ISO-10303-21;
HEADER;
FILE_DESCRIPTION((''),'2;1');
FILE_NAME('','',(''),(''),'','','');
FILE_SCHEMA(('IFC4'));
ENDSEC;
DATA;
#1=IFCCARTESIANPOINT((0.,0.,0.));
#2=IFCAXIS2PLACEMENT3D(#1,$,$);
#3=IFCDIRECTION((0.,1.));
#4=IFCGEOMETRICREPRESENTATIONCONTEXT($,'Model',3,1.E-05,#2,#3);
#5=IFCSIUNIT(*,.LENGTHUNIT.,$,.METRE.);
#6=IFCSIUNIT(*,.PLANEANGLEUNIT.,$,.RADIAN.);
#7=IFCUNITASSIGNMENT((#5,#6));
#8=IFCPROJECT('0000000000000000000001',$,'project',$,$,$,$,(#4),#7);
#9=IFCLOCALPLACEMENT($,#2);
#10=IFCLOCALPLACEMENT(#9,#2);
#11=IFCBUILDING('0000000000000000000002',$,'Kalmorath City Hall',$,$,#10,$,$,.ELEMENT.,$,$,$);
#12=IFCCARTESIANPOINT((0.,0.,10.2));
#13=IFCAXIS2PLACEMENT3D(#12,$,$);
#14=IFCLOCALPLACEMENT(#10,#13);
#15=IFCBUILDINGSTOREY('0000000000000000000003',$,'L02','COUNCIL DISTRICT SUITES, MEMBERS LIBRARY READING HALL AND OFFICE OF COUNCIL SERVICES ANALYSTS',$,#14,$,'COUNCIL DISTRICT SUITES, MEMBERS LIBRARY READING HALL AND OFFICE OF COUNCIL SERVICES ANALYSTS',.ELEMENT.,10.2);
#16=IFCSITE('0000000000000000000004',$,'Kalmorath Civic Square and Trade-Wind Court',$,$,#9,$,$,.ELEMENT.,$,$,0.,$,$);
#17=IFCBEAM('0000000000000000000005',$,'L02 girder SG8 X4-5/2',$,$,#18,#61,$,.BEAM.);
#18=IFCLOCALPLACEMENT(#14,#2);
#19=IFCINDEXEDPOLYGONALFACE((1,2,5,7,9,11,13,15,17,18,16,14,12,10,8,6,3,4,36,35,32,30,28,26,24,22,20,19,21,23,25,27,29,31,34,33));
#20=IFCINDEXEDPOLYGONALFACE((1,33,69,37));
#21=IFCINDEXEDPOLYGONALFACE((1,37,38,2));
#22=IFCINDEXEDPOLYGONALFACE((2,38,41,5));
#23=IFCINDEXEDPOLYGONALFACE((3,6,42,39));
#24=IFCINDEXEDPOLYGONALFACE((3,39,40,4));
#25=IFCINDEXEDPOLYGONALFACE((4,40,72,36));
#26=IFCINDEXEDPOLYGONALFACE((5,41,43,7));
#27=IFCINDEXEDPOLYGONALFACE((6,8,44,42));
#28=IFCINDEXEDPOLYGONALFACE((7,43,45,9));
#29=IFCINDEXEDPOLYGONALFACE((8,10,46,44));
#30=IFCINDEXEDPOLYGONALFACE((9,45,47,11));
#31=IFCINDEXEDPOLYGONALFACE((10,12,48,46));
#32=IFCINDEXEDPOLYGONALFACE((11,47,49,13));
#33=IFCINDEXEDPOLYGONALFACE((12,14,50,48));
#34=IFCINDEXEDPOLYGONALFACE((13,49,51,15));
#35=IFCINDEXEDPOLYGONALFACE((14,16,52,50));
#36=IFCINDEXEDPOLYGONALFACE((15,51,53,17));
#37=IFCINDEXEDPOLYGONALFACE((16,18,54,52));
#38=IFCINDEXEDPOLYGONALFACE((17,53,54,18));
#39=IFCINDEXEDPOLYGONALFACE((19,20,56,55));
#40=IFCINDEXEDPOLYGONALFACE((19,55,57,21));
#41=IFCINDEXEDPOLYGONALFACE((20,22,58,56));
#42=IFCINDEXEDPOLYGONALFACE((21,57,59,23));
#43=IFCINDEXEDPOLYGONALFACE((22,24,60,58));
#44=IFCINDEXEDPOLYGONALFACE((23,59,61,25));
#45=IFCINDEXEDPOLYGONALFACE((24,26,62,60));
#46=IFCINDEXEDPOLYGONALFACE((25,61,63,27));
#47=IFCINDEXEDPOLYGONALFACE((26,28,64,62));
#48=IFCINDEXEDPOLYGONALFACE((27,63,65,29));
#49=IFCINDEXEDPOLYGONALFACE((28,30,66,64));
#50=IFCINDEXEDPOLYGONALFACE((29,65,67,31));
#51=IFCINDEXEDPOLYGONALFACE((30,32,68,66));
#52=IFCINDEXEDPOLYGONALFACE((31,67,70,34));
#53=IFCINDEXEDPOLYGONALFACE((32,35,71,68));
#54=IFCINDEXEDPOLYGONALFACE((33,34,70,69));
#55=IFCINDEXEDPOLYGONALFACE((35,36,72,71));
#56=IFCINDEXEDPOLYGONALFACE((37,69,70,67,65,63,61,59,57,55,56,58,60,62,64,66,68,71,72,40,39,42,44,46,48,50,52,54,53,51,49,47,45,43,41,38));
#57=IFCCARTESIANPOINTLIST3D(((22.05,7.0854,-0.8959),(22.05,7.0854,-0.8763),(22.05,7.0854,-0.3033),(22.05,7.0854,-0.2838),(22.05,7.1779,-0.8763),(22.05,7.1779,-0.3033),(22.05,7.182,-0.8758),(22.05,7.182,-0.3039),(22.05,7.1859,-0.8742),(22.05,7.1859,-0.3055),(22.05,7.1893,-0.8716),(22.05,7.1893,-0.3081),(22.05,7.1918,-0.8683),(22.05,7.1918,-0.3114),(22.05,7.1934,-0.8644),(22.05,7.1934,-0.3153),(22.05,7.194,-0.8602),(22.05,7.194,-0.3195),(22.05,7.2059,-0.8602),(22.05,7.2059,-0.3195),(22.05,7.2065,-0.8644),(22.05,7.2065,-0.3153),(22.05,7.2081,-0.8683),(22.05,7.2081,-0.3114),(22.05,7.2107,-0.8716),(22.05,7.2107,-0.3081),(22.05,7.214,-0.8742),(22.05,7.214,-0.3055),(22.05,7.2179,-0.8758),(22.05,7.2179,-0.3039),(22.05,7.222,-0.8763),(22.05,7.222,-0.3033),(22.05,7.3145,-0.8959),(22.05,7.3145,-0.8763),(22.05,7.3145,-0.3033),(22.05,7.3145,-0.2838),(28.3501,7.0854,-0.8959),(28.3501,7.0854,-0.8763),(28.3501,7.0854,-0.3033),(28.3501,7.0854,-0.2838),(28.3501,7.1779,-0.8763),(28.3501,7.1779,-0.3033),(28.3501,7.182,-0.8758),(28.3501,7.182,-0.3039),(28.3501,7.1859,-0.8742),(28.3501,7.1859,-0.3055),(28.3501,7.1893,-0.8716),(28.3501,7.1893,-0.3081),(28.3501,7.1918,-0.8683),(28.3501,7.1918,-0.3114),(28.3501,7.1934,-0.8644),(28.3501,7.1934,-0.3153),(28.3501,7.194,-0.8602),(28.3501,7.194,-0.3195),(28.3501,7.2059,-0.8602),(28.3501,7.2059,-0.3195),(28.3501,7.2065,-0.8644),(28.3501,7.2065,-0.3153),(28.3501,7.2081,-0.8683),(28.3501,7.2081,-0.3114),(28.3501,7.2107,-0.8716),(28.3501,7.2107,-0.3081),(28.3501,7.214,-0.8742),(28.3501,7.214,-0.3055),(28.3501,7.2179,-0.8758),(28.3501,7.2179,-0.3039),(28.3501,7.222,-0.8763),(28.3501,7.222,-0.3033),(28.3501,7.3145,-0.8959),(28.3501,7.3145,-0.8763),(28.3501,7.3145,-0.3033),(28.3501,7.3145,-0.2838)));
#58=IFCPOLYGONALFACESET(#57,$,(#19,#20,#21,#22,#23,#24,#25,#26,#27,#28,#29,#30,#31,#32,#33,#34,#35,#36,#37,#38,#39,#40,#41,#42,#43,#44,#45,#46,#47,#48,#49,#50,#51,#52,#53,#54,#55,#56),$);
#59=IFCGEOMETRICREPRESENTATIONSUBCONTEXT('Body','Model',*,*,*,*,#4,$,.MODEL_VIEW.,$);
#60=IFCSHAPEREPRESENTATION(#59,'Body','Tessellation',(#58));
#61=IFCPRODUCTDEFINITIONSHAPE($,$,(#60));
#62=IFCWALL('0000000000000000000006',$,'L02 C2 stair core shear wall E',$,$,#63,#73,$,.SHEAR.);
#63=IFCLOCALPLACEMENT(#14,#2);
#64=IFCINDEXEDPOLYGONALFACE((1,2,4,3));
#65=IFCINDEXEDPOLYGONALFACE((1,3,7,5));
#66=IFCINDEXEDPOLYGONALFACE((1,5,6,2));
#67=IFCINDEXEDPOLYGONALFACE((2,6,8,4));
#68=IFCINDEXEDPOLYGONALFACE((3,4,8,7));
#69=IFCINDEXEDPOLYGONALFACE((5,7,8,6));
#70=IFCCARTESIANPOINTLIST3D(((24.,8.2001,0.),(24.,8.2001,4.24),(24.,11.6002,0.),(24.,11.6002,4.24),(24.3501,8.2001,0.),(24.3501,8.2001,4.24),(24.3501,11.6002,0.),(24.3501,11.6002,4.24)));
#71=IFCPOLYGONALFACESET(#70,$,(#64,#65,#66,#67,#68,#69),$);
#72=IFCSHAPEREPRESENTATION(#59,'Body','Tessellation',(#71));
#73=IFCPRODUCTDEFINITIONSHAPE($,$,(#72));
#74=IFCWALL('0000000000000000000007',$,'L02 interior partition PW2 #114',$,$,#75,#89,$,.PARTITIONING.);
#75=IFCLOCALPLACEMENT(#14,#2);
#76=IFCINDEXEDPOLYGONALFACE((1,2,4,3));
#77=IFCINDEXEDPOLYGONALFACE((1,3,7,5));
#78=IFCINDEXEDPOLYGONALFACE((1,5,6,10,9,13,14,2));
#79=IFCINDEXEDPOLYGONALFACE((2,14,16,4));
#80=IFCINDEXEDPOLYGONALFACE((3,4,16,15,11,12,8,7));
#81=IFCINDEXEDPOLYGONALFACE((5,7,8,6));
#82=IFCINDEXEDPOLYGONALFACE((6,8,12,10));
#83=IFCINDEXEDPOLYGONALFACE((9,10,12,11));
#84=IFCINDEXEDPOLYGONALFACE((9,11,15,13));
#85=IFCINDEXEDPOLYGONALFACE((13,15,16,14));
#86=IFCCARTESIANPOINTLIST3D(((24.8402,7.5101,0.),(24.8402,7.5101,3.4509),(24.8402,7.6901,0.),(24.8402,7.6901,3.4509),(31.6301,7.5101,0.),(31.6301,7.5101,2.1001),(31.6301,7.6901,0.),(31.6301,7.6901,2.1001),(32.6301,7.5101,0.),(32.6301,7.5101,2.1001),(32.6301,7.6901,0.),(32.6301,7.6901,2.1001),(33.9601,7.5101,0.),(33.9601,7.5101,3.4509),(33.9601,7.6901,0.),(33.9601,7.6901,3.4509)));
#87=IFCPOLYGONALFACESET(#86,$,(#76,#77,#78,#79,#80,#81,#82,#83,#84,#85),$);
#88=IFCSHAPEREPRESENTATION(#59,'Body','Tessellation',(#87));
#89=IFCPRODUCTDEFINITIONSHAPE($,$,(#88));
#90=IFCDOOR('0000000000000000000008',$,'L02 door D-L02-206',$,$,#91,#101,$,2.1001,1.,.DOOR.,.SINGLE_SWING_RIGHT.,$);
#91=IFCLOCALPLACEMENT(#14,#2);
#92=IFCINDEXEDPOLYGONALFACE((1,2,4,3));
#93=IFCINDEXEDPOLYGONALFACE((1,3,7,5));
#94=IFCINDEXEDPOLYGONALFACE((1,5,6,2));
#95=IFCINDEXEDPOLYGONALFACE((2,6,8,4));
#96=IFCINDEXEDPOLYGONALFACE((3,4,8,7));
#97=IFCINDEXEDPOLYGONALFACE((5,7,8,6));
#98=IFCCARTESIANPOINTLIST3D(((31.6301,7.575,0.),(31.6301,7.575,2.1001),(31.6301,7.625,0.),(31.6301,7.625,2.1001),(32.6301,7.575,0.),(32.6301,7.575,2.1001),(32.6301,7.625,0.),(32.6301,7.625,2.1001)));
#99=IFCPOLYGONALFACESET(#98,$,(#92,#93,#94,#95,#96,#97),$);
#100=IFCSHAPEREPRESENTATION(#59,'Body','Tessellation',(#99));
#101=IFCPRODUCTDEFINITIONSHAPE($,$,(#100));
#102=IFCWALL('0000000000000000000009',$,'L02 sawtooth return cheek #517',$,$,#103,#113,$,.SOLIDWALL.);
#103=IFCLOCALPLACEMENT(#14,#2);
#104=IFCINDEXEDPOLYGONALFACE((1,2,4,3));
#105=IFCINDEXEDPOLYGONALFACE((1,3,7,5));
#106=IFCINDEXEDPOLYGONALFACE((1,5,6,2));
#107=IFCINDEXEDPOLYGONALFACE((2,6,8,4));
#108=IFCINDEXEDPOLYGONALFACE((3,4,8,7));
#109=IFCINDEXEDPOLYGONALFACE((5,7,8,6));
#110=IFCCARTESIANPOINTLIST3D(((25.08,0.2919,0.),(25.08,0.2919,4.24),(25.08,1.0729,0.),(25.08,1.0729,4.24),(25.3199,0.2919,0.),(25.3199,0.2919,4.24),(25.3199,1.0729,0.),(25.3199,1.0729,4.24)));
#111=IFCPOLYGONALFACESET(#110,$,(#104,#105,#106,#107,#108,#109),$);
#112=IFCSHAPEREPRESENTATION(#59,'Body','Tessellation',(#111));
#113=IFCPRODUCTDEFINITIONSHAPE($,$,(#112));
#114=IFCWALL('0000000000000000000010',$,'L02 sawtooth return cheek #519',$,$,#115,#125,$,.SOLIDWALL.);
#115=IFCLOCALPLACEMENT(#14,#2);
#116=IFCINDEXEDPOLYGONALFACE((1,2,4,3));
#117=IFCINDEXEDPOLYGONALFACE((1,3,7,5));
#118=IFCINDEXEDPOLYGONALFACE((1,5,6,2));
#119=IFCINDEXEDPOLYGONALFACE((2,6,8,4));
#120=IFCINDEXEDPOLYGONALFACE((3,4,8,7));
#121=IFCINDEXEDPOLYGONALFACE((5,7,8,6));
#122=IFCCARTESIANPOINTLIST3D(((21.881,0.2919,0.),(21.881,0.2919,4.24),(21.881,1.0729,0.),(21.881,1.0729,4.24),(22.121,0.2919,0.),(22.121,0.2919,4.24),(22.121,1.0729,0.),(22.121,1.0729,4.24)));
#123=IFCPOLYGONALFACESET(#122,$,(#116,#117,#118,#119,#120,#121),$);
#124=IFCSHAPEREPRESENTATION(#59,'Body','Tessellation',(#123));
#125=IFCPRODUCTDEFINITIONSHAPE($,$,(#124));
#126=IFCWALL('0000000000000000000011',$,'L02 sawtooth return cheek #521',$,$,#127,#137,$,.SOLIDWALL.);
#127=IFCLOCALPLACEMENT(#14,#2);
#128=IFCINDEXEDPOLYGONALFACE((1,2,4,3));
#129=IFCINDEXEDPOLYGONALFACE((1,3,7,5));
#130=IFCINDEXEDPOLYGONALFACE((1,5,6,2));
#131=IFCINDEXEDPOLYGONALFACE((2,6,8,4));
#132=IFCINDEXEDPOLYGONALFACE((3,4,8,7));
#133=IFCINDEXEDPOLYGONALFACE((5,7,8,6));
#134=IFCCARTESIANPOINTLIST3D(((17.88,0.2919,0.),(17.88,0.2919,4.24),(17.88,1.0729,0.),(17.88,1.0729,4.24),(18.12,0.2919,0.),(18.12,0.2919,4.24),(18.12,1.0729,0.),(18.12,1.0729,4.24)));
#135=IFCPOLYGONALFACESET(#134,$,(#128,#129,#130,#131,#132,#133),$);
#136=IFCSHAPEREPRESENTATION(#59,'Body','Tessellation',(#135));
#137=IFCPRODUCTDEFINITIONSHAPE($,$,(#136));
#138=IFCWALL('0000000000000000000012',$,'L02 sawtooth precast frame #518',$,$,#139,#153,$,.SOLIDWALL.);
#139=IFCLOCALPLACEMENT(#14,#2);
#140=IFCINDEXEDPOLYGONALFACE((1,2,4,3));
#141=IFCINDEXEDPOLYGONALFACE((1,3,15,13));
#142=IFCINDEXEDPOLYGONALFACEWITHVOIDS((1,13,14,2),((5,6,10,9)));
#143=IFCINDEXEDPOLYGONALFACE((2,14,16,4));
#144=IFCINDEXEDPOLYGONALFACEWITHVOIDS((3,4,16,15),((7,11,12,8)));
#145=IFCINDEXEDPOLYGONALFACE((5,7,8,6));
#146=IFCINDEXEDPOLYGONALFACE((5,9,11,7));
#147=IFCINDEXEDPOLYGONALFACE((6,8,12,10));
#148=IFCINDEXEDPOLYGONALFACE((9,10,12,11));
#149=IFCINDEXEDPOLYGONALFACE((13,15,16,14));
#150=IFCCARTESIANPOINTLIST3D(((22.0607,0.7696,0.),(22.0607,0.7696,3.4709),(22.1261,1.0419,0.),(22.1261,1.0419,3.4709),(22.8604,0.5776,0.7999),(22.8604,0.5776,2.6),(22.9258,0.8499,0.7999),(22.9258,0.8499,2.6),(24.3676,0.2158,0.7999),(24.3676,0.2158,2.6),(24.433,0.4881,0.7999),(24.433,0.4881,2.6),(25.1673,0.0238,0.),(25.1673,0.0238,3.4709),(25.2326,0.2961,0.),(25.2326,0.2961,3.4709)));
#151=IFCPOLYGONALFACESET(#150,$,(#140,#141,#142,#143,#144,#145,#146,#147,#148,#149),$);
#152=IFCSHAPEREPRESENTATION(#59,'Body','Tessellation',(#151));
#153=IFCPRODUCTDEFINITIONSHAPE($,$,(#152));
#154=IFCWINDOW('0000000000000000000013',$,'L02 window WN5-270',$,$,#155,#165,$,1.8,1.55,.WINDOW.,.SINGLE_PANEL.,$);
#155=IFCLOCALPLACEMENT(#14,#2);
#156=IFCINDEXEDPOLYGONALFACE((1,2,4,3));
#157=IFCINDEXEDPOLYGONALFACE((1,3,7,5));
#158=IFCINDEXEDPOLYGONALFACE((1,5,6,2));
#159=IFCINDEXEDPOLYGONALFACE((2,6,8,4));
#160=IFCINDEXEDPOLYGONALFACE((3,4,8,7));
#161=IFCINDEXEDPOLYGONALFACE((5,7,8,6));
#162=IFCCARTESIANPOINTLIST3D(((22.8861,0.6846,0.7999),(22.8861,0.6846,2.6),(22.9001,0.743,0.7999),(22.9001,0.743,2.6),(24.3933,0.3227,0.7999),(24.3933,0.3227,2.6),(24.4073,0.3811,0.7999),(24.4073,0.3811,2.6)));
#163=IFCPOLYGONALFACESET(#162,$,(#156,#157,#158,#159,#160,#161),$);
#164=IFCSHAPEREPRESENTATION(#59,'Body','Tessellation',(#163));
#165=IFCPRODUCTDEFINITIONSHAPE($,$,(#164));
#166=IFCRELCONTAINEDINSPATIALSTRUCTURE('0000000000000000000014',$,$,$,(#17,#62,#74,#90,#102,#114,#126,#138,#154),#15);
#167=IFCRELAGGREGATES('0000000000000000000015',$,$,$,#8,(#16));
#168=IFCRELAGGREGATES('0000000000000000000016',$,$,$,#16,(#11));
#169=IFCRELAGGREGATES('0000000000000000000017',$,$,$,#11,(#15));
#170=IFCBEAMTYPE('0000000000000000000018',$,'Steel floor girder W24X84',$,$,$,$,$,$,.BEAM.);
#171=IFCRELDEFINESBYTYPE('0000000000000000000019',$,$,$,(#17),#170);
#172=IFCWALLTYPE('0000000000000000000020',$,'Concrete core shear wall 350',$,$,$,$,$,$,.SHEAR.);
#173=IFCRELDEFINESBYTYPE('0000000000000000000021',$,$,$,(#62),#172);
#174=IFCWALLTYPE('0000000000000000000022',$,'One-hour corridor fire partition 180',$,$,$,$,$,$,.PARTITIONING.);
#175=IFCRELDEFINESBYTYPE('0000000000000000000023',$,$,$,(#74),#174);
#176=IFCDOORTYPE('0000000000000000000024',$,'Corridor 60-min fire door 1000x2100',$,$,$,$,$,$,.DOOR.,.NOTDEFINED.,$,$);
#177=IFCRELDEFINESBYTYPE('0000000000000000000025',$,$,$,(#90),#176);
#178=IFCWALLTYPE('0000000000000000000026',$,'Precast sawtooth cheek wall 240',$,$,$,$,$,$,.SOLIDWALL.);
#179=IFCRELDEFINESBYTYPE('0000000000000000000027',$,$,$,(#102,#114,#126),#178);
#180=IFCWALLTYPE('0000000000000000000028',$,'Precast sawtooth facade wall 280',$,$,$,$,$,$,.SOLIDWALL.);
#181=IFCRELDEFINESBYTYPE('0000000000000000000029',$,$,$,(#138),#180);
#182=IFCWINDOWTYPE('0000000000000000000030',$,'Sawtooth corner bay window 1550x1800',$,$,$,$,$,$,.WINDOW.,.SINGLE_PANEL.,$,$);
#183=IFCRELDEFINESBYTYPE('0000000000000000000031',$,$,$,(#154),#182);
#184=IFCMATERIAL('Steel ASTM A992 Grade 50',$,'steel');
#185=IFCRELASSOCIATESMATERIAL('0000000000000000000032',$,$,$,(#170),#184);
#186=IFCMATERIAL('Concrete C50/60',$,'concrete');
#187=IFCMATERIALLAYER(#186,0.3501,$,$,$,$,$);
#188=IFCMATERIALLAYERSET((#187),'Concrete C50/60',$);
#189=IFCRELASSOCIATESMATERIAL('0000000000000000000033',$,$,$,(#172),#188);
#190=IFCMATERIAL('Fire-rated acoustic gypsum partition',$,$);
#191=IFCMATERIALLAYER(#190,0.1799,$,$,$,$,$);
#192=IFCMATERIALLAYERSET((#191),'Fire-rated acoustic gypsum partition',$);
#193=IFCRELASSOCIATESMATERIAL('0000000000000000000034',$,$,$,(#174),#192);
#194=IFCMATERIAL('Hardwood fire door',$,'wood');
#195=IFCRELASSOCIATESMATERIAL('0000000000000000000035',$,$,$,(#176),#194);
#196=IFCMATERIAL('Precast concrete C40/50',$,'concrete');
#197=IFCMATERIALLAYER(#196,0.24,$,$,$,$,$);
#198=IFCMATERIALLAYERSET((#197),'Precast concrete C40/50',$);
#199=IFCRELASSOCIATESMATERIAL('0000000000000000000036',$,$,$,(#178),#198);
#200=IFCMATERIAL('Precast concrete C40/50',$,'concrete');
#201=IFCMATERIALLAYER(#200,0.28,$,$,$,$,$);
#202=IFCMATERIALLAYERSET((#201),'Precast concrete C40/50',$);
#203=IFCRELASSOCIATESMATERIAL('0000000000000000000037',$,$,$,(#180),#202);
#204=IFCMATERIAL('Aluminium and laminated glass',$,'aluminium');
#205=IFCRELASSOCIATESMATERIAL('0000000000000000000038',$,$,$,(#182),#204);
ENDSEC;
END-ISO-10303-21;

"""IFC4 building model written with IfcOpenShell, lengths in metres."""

from ifc_helpers import new_model, si_unit, direction, frame, frame_2d, origin, origin_2d, place, context, subcontext, project, spatial, rectangle, i_section, extrude, material, layer, layer_set, material_profile, profile_set, type_object, element, fill, save


model = new_model("IFC4")

# Units and contexts
model_context = context("Model", 3, precision=1e-05, world=origin(), true_north=direction((0.0, 1.0)))
body_context = subcontext(model_context, "Body", "Model", "MODEL_VIEW")
ifc_project = project(units=[si_unit("LENGTHUNIT", "METRE"), si_unit("PLANEANGLEUNIT", "RADIAN")], contexts=[model_context])

# Site, building, storey
site_placement = place(None, origin())
site = spatial("IfcSite", under=ifc_project, at=site_placement, Name="Kalmorath Civic Square and Trade-Wind Court", CompositionType="ELEMENT", RefElevation=0.0)
building_placement = place(site_placement, origin())
building = spatial("IfcBuilding", under=site, at=building_placement, Name="Kalmorath City Hall", CompositionType="ELEMENT")
storey_placement = place(building_placement, frame((0.0, 0.0, 10.2)))
storey = spatial("IfcBuildingStorey", under=building, at=storey_placement, Name="L02", Description="COUNCIL DISTRICT SUITES, MEMBERS LIBRARY READING HALL AND OFFICE OF COUNCIL SERVICES ANALYSTS", LongName="COUNCIL DISTRICT SUITES, MEMBERS LIBRARY READING HALL AND OFFICE OF COUNCIL SERVICES ANALYSTS", CompositionType="ELEMENT", Elevation=10.2)

# Beam
ifc_material_1 = material(Name="Steel ASTM A992 Grade 50", Category="steel")
ifc_material_profile_1 = material_profile(ifc_material_1, i_section(OverallWidth=0.229, OverallDepth=0.6121, WebThickness=0.012, FlangeThickness=0.0195, FilletRadius=0.0161, at=origin_2d()), Name="W24X84")
ifc_profile_set_1 = profile_set([ifc_material_profile_1], Name="Steel ASTM A992 Grade 50")
beam_type_1 = type_object("IfcBeamType", Name="Steel floor girder W24X84", PredefinedType="BEAM", material=ifc_profile_set_1)
beam_1_placement = place(storey_placement, frame((22.05, 7.2, -0.5898), z_axis=(1.0, 0.0, 0.0), x_axis=(0.0, 1.0, 0.0)))
element("IfcBeam", 1, at=beam_1_placement, inside=storey, type_object=beam_type_1, Name="L02 girder SG8 X4-5/2", PredefinedType="BEAM", context=body_context, shape_type="SweptSolid", body=[
    extrude(i_section(OverallWidth=0.229, OverallDepth=0.6121, WebThickness=0.012, FlangeThickness=0.0195, FilletRadius=0.0161, at=origin_2d()), origin(), (0.0, 0.0, 1.0), 6.3),
])

# Wall
ifc_material_2 = material(Name="Concrete C50/60", Category="concrete")
ifc_layer_1 = layer(ifc_material_2, 0.3501)
ifc_layer_set_1 = layer_set([ifc_layer_1], Name="Concrete C50/60")
wall_type_1 = type_object("IfcWallType", Name="Concrete core shear wall 350", PredefinedType="SHEAR", material=ifc_layer_set_1)
wall_1_placement = place(storey_placement, frame((24.175, 8.2, 0.0), z_axis=(0.0, 0.0, 1.0), x_axis=(0.0, 1.0, 0.0)))
element("IfcWall", 2, at=wall_1_placement, inside=storey, type_object=wall_type_1, Name="L02 C2 stair core shear wall E", PredefinedType="SHEAR", context=body_context, shape_type="SweptSolid", body=[
    extrude(rectangle(XDim=3.4001, YDim=0.3501, at=frame_2d((1.7002, 0.0))), origin(), (0.0, 0.0, 1.0), 4.24),
])

# Wall, opening, door
ifc_material_3 = material(Name="Fire-rated acoustic gypsum partition")
ifc_layer_2 = layer(ifc_material_3, 0.1799)
ifc_layer_set_2 = layer_set([ifc_layer_2], Name="Fire-rated acoustic gypsum partition")
wall_type_2 = type_object("IfcWallType", Name="One-hour corridor fire partition 180", PredefinedType="PARTITIONING", material=ifc_layer_set_2)
wall_2_placement = place(storey_placement, frame((24.8401, 7.6001, 0.0), z_axis=(0.0, 0.0, 1.0), x_axis=(1.0, 0.0, 0.0)))
wall_2 = element("IfcWall", 3, at=wall_2_placement, inside=storey, type_object=wall_type_2, Name="L02 interior partition PW2 #114", PredefinedType="PARTITIONING", context=body_context, shape_type="SweptSolid", body=[
    extrude(rectangle(XDim=9.1199, YDim=0.1799, at=frame_2d((4.5601, 0.0))), origin(), (0.0, 0.0, 1.0), 3.4509),
])
opening_1_placement = place(wall_2_placement, frame((6.79, 0.0, 0.0)))
opening_1 = element("IfcOpeningElement", 4, at=opening_1_placement, cuts=wall_2, PredefinedType="OPENING", context=body_context, shape_type="SweptSolid", body=[
    extrude(rectangle(XDim=1.0, YDim=2.1001, at=frame_2d((0.5, 1.05))), frame((0.0, 0.0999, 0.0), z_axis=(0.0, -1.0, 0.0), x_axis=(1.0, 0.0, 0.0)), (0.0, 0.0, 1.0), 0.2),
])
ifc_material_4 = material(Name="Hardwood fire door", Category="wood")
door_type = type_object("IfcDoorType", Name="Corridor 60-min fire door 1000x2100", OperationType="NOTDEFINED", PredefinedType="DOOR", material=ifc_material_4)
door_placement = place(opening_1_placement, origin())
door = element("IfcDoor", 5, at=door_placement, inside=storey, type_object=door_type, Name="L02 door D-L02-206", OperationType="SINGLE_SWING_RIGHT", OverallHeight=2.1001, OverallWidth=1.0, PredefinedType="DOOR", context=body_context, shape_type="SweptSolid", body=[
    extrude(rectangle(XDim=1.0, YDim=2.1001, at=frame_2d((0.5, 1.05))), frame((0.0, 0.0249, 0.0), z_axis=(0.0, -1.0, 0.0), x_axis=(1.0, 0.0, 0.0)), (0.0, 0.0, 1.0), 0.05),
])
fill(opening_1, door)

# Walls
ifc_material_5 = material(Name="Precast concrete C40/50", Category="concrete")
ifc_layer_3 = layer(ifc_material_5, 0.24)
ifc_layer_set_3 = layer_set([ifc_layer_3], Name="Precast concrete C40/50")
wall_type_3 = type_object("IfcWallType", Name="Precast sawtooth cheek wall 240", PredefinedType="SOLIDWALL", material=ifc_layer_set_3)
for number, where, z_axis, x_axis, name in (
    (6, (25.2, 1.073, 0.0), (0.0, 0.0, 1.0), (0.0, -1.0, 0.0), "L02 sawtooth return cheek #517"),
    (7, (22.001, 1.073, 0.0), (0.0, 0.0, 1.0), (0.0, -1.0, 0.0), "L02 sawtooth return cheek #519"),
    (8, (18.0, 1.073, 0.0), (0.0, 0.0, 1.0), (0.0, -1.0, 0.0), "L02 sawtooth return cheek #521"),
):
    element("IfcWall", number, at=place(storey_placement, frame(where, z_axis=z_axis, x_axis=x_axis)), inside=storey, type_object=wall_type_3, Name=name, PredefinedType="SOLIDWALL", context=body_context, shape_type="SweptSolid", body=[
        extrude(rectangle(XDim=0.781, YDim=0.24, at=frame_2d((0.3906, 0.0))), origin(), (0.0, 0.0, 1.0), 4.24),
    ])

# Wall, opening, window
ifc_material_6 = material(Name="Precast concrete C40/50", Category="concrete")
ifc_layer_4 = layer(ifc_material_6, 0.28)
ifc_layer_set_4 = layer_set([ifc_layer_4], Name="Precast concrete C40/50")
wall_type_4 = type_object("IfcWallType", Name="Precast sawtooth facade wall 280", PredefinedType="SOLIDWALL", material=ifc_layer_set_4)
wall_3_placement = place(storey_placement, frame((25.2, 0.1599, 0.0), z_axis=(0.0, 0.0, 1.0), x_axis=(-0.972366, 0.233463, 0.0)))
wall_3 = element("IfcWall", 9, at=wall_3_placement, inside=storey, type_object=wall_type_4, Name="L02 sawtooth precast frame #518", PredefinedType="SOLIDWALL", context=body_context, shape_type="SweptSolid", body=[
    extrude(rectangle(XDim=3.1948, YDim=0.28, at=frame_2d((1.5974, 0.0))), origin(), (0.0, 0.0, 1.0), 3.4709),
])
opening_2_placement = place(wall_3_placement, frame((0.8225, 0.0, 0.8)))
opening_2 = element("IfcOpeningElement", 10, at=opening_2_placement, cuts=wall_3, PredefinedType="OPENING", context=body_context, shape_type="SweptSolid", body=[
    extrude(rectangle(XDim=1.55, YDim=1.8, at=frame_2d((0.7749, 0.8999))), frame((0.0, 0.1499, 0.0), z_axis=(0.0, -1.0, 0.0), x_axis=(1.0, 0.0, 0.0)), (0.0, 0.0, 1.0), 0.3),
])
ifc_material_7 = material(Name="Aluminium and laminated glass", Category="aluminium")
window_type = type_object("IfcWindowType", Name="Sawtooth corner bay window 1550x1800", PartitioningType="SINGLE_PANEL", PredefinedType="WINDOW", material=ifc_material_7)
window_1_placement = place(opening_2_placement, origin())
window_1 = element("IfcWindow", 11, at=window_1_placement, inside=storey, type_object=window_type, Name="L02 window WN5-270", OverallHeight=1.8, OverallWidth=1.55, PartitioningType="SINGLE_PANEL", PredefinedType="WINDOW", context=body_context, shape_type="SweptSolid", body=[
    extrude(rectangle(XDim=1.55, YDim=1.8, at=frame_2d((0.7749, 0.8999))), frame((0.0, 0.03, 0.0), z_axis=(0.0, -1.0, 0.0), x_axis=(1.0, 0.0, 0.0)), (0.0, 0.0, 1.0), 0.0601),
])
fill(opening_2, window_1)

save(model, "model.ifc")
